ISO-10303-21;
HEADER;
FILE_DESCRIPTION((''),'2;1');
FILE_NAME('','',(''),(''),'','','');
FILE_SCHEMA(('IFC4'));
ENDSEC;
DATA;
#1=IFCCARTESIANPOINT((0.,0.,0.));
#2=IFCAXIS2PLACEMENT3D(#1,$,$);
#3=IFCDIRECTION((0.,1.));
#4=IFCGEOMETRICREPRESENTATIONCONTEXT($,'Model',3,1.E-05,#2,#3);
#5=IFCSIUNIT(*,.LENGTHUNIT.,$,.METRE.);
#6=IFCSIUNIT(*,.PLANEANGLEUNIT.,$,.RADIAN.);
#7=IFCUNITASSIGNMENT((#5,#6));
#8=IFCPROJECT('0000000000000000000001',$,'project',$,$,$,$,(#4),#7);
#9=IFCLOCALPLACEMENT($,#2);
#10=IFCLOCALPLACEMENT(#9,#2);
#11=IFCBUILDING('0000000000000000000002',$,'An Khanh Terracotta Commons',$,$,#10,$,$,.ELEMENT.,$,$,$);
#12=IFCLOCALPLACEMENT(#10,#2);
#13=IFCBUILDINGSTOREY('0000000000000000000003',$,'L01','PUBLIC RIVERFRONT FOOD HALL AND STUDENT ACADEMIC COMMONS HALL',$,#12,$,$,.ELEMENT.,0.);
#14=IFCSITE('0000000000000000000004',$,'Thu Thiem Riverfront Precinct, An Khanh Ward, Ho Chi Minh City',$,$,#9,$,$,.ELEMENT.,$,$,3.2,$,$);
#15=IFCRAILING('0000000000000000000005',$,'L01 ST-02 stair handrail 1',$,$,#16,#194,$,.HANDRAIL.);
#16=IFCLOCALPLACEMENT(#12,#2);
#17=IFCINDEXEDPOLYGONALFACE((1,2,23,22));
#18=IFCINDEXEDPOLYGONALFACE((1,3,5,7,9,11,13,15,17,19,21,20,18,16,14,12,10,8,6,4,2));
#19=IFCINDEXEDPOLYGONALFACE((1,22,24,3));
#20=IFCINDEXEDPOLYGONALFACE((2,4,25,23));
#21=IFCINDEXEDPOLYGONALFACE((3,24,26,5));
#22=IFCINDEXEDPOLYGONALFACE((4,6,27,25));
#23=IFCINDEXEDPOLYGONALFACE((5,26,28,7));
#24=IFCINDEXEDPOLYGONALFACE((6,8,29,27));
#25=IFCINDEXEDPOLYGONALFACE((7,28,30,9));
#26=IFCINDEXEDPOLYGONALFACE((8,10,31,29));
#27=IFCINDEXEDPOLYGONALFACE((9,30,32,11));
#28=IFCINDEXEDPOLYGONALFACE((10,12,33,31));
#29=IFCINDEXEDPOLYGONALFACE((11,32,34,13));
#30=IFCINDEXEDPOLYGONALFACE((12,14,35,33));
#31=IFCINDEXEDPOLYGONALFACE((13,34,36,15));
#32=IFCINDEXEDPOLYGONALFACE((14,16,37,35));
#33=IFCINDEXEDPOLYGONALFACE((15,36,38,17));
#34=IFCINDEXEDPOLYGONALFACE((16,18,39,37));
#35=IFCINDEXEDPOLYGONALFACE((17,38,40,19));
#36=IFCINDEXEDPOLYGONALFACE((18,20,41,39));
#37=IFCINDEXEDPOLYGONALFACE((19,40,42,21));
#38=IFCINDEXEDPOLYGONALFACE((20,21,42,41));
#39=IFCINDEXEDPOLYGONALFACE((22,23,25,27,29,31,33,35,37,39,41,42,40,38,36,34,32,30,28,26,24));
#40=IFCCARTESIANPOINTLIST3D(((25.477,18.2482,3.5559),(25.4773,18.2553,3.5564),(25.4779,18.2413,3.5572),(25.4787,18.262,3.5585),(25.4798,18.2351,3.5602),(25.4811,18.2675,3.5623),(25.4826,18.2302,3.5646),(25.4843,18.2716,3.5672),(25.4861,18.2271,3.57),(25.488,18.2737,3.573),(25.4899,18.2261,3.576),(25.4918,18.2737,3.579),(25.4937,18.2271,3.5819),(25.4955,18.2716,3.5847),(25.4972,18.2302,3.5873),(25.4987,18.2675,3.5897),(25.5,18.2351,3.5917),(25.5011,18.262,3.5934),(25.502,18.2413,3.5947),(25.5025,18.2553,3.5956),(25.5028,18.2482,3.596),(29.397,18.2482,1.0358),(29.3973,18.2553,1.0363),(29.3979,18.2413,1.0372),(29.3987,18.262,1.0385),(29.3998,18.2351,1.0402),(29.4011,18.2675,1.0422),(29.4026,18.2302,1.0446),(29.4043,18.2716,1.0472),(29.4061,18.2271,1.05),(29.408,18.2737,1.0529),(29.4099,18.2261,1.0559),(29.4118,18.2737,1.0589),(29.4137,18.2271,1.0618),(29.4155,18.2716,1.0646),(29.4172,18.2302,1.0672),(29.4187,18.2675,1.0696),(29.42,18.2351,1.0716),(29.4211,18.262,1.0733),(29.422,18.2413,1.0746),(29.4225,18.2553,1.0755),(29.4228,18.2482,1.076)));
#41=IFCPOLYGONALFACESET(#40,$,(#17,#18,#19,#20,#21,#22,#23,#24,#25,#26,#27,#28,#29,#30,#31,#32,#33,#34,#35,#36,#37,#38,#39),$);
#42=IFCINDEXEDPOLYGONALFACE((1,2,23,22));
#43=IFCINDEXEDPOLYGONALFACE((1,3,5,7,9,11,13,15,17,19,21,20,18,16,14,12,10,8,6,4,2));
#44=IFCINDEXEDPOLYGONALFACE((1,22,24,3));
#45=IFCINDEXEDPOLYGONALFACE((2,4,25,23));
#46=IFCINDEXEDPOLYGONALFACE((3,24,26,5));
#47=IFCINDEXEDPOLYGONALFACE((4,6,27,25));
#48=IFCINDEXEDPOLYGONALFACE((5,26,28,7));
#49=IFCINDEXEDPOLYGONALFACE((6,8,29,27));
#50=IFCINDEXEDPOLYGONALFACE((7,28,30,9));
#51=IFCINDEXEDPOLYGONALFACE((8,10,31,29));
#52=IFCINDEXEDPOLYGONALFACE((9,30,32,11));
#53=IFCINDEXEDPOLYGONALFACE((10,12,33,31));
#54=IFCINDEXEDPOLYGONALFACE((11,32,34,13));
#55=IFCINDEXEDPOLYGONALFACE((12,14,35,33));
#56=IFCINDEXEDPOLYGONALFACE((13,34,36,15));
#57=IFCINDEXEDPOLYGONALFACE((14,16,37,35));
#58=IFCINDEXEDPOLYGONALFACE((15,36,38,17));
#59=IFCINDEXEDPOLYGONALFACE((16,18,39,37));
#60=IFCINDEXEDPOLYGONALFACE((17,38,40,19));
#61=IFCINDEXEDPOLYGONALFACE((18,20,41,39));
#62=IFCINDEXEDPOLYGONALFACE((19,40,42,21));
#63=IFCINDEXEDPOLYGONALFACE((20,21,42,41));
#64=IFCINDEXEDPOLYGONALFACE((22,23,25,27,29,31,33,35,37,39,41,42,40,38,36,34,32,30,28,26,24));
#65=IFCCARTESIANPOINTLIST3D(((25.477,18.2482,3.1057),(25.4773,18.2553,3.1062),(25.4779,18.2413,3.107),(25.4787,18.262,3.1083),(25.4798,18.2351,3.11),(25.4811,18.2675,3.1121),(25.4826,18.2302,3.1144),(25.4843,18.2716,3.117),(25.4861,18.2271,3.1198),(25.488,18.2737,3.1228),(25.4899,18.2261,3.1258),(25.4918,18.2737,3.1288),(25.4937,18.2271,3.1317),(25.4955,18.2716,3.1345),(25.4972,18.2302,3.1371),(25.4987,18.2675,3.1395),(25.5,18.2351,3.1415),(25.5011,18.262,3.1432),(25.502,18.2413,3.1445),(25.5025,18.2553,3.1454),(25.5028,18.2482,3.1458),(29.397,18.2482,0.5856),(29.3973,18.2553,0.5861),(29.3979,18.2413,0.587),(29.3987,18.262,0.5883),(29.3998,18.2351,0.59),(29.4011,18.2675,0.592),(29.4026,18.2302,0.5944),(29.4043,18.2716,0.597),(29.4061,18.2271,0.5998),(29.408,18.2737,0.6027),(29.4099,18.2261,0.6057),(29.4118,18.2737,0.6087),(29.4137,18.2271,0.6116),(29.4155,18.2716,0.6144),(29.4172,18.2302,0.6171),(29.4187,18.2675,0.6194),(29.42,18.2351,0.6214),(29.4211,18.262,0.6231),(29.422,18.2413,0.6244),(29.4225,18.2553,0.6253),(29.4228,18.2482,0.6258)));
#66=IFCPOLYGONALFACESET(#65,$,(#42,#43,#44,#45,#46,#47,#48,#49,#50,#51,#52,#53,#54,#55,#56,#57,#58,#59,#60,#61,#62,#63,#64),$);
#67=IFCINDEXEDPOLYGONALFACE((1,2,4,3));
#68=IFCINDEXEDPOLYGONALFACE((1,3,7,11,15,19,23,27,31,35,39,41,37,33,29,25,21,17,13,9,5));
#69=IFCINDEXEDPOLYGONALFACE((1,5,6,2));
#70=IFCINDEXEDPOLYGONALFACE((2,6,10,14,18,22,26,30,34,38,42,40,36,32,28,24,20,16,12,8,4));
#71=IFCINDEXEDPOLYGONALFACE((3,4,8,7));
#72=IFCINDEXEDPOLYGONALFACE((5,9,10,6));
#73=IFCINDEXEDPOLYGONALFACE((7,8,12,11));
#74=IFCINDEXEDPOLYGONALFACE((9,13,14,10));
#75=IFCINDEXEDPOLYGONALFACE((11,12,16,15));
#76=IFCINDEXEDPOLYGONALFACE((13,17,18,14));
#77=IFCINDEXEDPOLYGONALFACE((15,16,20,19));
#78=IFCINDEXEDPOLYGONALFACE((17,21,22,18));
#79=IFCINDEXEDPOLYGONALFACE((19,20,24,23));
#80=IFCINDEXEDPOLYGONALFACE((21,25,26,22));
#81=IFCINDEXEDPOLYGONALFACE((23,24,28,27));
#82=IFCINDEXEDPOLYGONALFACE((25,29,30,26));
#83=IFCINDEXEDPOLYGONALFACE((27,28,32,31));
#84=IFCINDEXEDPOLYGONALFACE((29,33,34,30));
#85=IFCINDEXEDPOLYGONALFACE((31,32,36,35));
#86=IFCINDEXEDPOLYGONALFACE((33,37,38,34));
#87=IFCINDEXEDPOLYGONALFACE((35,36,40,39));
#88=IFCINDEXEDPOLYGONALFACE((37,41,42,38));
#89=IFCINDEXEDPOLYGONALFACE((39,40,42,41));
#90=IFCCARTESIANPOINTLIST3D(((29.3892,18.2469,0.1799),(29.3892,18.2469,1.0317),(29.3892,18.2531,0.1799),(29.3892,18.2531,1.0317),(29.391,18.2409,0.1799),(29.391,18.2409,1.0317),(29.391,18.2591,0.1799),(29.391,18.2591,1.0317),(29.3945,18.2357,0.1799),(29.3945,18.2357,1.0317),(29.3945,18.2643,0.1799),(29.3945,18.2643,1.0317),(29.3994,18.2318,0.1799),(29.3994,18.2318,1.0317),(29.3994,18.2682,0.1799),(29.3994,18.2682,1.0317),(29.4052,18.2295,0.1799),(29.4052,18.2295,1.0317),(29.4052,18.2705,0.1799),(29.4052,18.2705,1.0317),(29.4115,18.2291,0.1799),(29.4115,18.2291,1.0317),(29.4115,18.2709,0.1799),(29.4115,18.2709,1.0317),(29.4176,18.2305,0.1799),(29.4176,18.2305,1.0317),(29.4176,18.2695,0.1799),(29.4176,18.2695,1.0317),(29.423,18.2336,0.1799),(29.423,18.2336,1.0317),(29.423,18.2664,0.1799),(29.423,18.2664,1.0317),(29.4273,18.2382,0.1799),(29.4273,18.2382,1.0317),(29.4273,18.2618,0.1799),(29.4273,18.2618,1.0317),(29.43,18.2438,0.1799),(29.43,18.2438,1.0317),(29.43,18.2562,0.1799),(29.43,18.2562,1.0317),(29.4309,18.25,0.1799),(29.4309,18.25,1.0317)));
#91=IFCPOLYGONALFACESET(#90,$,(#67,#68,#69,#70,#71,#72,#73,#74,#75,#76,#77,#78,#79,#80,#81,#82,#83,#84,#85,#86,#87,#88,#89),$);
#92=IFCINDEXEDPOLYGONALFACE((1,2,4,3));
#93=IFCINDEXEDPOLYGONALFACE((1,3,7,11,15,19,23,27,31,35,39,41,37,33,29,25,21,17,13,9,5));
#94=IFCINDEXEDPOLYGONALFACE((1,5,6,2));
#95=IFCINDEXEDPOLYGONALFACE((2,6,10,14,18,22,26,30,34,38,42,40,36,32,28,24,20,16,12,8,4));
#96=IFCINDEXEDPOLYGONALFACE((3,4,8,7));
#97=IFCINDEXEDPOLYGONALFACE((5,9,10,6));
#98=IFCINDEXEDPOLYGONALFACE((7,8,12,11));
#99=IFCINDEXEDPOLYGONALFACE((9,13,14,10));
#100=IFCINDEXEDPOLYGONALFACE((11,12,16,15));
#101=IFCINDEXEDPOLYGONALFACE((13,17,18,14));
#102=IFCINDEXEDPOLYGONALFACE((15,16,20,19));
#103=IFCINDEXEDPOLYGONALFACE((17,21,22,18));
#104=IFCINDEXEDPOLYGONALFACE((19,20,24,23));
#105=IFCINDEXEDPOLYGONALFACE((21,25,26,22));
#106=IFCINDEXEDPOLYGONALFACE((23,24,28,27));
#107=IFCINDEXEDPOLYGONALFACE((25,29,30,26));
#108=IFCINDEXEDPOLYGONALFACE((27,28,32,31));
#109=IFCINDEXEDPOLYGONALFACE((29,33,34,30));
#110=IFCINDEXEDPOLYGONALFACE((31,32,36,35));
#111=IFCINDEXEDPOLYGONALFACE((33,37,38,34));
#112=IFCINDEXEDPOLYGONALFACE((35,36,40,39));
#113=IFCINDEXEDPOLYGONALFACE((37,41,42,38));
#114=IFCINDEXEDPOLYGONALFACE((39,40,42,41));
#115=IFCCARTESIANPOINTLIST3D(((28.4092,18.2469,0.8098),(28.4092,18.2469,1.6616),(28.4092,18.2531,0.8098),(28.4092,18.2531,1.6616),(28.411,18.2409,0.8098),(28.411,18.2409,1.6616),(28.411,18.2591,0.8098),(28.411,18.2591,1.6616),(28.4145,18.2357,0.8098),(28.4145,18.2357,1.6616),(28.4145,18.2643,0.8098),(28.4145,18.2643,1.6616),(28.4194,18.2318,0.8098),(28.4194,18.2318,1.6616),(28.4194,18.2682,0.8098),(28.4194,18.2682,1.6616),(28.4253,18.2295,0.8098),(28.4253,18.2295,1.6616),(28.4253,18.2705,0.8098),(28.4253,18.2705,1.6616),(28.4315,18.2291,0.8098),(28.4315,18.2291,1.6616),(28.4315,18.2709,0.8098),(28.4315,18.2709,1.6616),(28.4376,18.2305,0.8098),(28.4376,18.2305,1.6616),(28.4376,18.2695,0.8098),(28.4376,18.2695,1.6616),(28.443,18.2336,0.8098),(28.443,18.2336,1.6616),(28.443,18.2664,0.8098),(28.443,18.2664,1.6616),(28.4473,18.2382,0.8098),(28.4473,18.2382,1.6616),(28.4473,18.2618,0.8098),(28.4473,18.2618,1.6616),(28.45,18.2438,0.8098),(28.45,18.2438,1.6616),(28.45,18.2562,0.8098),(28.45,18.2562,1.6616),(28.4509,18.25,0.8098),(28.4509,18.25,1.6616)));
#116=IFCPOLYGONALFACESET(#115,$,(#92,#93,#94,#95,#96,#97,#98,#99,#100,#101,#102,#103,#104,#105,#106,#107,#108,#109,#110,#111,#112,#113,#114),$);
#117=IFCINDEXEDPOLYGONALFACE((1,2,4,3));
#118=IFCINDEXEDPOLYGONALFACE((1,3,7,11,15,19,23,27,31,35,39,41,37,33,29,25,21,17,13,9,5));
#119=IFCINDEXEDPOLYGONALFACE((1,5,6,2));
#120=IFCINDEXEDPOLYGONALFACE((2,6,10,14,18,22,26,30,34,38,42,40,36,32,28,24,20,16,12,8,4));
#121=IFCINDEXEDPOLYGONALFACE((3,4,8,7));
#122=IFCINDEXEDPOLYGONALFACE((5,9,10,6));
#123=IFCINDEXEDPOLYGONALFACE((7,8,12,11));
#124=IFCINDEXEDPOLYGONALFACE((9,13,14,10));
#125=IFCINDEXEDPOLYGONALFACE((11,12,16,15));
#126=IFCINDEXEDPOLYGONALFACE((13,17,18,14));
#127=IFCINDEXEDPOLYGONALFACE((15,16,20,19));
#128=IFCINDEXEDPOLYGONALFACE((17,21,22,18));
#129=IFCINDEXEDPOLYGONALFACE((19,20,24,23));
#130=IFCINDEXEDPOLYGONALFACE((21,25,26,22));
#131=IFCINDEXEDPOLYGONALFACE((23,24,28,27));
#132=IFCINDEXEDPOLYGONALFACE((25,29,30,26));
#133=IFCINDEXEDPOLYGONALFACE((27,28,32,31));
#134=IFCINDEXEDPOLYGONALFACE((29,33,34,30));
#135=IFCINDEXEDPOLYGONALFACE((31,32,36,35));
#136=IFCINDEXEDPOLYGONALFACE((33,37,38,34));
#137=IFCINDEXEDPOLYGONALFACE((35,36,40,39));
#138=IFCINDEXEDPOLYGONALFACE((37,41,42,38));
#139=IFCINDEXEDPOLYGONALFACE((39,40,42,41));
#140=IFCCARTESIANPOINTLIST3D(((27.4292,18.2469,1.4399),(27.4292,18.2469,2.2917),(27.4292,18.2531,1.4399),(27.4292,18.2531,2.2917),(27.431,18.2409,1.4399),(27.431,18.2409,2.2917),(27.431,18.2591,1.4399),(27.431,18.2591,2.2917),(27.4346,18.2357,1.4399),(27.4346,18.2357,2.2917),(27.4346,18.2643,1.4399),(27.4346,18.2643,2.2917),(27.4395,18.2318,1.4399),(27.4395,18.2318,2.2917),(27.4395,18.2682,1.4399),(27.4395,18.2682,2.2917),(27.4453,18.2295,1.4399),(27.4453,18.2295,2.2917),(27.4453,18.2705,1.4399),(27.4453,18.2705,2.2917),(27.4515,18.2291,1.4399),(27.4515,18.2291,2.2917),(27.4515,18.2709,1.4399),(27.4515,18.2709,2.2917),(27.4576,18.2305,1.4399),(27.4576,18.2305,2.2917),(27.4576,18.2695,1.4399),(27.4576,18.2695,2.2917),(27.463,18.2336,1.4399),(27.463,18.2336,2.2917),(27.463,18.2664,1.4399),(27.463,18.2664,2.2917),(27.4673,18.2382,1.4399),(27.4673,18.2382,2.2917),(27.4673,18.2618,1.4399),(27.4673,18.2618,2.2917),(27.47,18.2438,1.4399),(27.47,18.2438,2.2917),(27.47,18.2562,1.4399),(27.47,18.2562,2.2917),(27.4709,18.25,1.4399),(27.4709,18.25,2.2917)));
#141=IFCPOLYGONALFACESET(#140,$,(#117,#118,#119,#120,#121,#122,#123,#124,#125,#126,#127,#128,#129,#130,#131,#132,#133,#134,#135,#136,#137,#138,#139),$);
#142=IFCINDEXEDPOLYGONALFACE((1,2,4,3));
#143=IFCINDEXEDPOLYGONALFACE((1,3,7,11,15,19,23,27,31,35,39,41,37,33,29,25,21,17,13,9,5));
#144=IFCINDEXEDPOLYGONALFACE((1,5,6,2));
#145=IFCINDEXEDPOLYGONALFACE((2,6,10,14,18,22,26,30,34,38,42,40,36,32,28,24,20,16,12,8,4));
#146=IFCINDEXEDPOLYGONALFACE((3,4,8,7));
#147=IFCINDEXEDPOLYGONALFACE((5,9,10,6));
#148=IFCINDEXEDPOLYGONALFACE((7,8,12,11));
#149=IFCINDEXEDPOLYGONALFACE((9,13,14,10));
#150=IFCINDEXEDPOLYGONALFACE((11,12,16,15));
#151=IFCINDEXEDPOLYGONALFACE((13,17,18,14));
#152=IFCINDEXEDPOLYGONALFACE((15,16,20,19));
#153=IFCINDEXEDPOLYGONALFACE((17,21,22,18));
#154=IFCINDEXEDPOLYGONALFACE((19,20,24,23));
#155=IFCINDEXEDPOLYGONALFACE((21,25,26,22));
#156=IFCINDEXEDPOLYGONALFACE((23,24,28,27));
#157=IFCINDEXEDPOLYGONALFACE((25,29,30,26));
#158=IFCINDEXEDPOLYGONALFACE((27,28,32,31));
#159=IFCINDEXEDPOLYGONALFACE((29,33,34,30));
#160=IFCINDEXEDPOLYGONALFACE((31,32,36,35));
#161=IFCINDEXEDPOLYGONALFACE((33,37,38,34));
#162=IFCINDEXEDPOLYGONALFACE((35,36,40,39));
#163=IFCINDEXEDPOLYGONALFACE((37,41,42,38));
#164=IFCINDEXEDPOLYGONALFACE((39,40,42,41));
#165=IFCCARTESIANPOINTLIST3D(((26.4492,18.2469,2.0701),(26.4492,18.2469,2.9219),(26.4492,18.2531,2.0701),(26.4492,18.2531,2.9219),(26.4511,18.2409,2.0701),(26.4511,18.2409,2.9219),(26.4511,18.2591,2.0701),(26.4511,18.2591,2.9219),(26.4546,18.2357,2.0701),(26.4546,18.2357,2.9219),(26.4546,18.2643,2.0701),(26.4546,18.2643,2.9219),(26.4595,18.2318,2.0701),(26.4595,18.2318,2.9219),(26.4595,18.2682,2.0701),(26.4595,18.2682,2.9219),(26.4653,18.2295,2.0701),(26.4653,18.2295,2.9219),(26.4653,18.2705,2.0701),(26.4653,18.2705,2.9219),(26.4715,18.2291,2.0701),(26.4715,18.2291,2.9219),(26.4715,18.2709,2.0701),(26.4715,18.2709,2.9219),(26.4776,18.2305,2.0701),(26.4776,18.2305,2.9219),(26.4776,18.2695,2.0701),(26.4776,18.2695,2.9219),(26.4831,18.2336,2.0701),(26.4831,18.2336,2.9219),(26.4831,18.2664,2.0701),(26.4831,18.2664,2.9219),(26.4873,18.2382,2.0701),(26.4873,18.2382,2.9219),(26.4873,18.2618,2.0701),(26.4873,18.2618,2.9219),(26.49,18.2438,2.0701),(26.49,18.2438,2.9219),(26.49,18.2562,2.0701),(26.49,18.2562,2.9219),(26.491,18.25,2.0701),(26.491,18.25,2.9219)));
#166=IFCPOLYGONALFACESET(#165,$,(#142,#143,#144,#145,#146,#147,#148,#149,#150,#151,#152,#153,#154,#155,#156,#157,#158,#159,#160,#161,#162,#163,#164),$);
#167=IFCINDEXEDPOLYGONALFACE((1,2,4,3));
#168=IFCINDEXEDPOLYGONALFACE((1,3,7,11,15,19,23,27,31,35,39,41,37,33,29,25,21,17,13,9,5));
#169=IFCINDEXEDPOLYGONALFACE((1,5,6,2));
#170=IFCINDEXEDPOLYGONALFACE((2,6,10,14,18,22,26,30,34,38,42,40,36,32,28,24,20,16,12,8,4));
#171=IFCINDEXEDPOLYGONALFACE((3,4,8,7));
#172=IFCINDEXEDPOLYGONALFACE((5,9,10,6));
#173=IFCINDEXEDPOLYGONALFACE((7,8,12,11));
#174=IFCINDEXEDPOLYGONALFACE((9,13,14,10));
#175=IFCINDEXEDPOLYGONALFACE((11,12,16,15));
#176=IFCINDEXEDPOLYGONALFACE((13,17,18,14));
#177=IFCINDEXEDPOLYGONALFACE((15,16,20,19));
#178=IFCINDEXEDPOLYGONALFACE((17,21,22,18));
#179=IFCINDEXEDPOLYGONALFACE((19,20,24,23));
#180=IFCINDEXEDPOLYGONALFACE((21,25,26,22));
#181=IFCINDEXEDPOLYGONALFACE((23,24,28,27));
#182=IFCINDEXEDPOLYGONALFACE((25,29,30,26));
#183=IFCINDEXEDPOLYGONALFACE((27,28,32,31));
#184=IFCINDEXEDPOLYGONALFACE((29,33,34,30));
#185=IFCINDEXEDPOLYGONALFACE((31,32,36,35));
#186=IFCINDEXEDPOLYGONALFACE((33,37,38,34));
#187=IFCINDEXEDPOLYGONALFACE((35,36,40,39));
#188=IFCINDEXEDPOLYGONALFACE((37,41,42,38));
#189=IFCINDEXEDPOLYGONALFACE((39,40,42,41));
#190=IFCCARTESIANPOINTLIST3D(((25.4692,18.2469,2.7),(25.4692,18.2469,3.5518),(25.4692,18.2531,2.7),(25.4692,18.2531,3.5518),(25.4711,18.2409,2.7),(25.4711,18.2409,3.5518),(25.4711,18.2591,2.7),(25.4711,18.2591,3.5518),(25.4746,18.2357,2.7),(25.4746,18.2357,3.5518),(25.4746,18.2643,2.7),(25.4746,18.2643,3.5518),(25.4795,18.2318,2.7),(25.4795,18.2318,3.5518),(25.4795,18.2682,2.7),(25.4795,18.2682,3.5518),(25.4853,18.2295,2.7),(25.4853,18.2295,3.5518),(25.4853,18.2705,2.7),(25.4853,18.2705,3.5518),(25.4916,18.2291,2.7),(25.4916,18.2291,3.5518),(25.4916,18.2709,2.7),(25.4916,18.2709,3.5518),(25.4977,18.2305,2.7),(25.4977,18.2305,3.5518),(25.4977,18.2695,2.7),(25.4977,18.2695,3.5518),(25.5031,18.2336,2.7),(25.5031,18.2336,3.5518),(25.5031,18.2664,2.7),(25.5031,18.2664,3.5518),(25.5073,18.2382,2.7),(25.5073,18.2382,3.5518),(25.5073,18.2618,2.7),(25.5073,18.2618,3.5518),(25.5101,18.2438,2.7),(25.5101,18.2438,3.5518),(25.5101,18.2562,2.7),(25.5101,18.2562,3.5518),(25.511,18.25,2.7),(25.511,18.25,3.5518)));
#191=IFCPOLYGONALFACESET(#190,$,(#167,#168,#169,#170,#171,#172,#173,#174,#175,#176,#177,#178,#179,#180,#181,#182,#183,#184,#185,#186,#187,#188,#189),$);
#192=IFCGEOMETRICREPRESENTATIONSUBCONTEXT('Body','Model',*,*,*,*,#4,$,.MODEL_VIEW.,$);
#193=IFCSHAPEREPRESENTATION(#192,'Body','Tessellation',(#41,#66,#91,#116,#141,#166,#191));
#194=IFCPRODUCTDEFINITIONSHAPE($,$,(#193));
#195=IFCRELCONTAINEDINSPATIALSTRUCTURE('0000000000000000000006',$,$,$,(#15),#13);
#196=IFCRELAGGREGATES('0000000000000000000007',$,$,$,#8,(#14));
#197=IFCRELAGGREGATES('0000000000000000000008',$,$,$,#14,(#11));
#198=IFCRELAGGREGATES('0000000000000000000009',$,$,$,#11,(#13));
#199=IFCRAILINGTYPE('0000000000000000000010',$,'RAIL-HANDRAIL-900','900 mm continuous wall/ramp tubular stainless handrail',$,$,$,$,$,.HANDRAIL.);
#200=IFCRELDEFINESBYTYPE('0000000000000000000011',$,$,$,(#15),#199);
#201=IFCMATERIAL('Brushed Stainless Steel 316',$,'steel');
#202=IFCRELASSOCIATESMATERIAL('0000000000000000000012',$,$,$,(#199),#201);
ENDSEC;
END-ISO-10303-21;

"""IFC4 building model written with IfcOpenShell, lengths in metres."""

from ifc_helpers import new_model, si_unit, direction, frame, origin, origin_2d, place, context, subcontext, project, spatial, circle, extrude, material, type_object, element, save


model = new_model("IFC4")

# Units and contexts
model_context = context("Model", 3, precision=1e-05, world=origin(), true_north=direction((0.0, 1.0)))
body_context = subcontext(model_context, "Body", "Model", "MODEL_VIEW")
ifc_project = project(units=[si_unit("LENGTHUNIT", "METRE"), si_unit("PLANEANGLEUNIT", "RADIAN")], contexts=[model_context])

# Site, building, storey
site_placement = place(None, origin())
site = spatial("IfcSite", under=ifc_project, at=site_placement, Name="Thu Thiem Riverfront Precinct, An Khanh Ward, Ho Chi Minh City", CompositionType="ELEMENT", RefElevation=3.2)
building_placement = place(site_placement, origin())
building = spatial("IfcBuilding", under=site, at=building_placement, Name="An Khanh Terracotta Commons", CompositionType="ELEMENT")
storey_placement = place(building_placement, origin())
storey = spatial("IfcBuildingStorey", under=building, at=storey_placement, Name="L01", Description="PUBLIC RIVERFRONT FOOD HALL AND STUDENT ACADEMIC COMMONS HALL", CompositionType="ELEMENT", Elevation=0.0)

# Railing
ifc_material_1 = material(Name="Brushed Stainless Steel 316", Category="steel")
railing_type_1 = type_object("IfcRailingType", Name="RAIL-HANDRAIL-900", Description="900 mm continuous wall/ramp tubular stainless handrail", PredefinedType="HANDRAIL", material=ifc_material_1)
railing_1_placement = place(storey_placement, frame((29.4099, 18.25, 0.1799)))
element("IfcRailing", 1, at=railing_1_placement, inside=storey, type_object=railing_type_1, Name="L01 ST-02 stair handrail 1", PredefinedType="HANDRAIL", context=body_context, shape_type="SweptSolid", body=[
    extrude(circle(Radius=0.0239, at=origin_2d()), frame((0.0, 0.0, 0.876), z_axis=(-0.841172, 0.0, 0.540768), x_axis=(0.0, -1.0, 0.0)), (0.0, 0.0, 1.0), 4.6602),
    extrude(circle(Radius=0.0239, at=origin_2d()), frame((0.0, 0.0, 0.4258), z_axis=(-0.841172, 0.0, 0.540768), x_axis=(0.0, -1.0, 0.0)), (0.0, 0.0, 1.0), 4.6602),
    extrude(circle(Radius=0.021, at=origin_2d()), origin(), (0.0, 0.0, 1.0), 0.8518),
    extrude(circle(Radius=0.021, at=origin_2d()), frame((-0.98, 0.0, 0.6299)), (0.0, 0.0, 1.0), 0.8518),
    extrude(circle(Radius=0.021, at=origin_2d()), frame((-1.96, 0.0, 1.26)), (0.0, 0.0, 1.0), 0.8518),
    extrude(circle(Radius=0.021, at=origin_2d()), frame((-2.9399, 0.0, 1.8901)), (0.0, 0.0, 1.0), 0.8518),
    extrude(circle(Radius=0.021, at=origin_2d()), frame((-3.9199, 0.0, 2.52)), (0.0, 0.0, 1.0), 0.8518),
])

save(model, "model.ifc")
